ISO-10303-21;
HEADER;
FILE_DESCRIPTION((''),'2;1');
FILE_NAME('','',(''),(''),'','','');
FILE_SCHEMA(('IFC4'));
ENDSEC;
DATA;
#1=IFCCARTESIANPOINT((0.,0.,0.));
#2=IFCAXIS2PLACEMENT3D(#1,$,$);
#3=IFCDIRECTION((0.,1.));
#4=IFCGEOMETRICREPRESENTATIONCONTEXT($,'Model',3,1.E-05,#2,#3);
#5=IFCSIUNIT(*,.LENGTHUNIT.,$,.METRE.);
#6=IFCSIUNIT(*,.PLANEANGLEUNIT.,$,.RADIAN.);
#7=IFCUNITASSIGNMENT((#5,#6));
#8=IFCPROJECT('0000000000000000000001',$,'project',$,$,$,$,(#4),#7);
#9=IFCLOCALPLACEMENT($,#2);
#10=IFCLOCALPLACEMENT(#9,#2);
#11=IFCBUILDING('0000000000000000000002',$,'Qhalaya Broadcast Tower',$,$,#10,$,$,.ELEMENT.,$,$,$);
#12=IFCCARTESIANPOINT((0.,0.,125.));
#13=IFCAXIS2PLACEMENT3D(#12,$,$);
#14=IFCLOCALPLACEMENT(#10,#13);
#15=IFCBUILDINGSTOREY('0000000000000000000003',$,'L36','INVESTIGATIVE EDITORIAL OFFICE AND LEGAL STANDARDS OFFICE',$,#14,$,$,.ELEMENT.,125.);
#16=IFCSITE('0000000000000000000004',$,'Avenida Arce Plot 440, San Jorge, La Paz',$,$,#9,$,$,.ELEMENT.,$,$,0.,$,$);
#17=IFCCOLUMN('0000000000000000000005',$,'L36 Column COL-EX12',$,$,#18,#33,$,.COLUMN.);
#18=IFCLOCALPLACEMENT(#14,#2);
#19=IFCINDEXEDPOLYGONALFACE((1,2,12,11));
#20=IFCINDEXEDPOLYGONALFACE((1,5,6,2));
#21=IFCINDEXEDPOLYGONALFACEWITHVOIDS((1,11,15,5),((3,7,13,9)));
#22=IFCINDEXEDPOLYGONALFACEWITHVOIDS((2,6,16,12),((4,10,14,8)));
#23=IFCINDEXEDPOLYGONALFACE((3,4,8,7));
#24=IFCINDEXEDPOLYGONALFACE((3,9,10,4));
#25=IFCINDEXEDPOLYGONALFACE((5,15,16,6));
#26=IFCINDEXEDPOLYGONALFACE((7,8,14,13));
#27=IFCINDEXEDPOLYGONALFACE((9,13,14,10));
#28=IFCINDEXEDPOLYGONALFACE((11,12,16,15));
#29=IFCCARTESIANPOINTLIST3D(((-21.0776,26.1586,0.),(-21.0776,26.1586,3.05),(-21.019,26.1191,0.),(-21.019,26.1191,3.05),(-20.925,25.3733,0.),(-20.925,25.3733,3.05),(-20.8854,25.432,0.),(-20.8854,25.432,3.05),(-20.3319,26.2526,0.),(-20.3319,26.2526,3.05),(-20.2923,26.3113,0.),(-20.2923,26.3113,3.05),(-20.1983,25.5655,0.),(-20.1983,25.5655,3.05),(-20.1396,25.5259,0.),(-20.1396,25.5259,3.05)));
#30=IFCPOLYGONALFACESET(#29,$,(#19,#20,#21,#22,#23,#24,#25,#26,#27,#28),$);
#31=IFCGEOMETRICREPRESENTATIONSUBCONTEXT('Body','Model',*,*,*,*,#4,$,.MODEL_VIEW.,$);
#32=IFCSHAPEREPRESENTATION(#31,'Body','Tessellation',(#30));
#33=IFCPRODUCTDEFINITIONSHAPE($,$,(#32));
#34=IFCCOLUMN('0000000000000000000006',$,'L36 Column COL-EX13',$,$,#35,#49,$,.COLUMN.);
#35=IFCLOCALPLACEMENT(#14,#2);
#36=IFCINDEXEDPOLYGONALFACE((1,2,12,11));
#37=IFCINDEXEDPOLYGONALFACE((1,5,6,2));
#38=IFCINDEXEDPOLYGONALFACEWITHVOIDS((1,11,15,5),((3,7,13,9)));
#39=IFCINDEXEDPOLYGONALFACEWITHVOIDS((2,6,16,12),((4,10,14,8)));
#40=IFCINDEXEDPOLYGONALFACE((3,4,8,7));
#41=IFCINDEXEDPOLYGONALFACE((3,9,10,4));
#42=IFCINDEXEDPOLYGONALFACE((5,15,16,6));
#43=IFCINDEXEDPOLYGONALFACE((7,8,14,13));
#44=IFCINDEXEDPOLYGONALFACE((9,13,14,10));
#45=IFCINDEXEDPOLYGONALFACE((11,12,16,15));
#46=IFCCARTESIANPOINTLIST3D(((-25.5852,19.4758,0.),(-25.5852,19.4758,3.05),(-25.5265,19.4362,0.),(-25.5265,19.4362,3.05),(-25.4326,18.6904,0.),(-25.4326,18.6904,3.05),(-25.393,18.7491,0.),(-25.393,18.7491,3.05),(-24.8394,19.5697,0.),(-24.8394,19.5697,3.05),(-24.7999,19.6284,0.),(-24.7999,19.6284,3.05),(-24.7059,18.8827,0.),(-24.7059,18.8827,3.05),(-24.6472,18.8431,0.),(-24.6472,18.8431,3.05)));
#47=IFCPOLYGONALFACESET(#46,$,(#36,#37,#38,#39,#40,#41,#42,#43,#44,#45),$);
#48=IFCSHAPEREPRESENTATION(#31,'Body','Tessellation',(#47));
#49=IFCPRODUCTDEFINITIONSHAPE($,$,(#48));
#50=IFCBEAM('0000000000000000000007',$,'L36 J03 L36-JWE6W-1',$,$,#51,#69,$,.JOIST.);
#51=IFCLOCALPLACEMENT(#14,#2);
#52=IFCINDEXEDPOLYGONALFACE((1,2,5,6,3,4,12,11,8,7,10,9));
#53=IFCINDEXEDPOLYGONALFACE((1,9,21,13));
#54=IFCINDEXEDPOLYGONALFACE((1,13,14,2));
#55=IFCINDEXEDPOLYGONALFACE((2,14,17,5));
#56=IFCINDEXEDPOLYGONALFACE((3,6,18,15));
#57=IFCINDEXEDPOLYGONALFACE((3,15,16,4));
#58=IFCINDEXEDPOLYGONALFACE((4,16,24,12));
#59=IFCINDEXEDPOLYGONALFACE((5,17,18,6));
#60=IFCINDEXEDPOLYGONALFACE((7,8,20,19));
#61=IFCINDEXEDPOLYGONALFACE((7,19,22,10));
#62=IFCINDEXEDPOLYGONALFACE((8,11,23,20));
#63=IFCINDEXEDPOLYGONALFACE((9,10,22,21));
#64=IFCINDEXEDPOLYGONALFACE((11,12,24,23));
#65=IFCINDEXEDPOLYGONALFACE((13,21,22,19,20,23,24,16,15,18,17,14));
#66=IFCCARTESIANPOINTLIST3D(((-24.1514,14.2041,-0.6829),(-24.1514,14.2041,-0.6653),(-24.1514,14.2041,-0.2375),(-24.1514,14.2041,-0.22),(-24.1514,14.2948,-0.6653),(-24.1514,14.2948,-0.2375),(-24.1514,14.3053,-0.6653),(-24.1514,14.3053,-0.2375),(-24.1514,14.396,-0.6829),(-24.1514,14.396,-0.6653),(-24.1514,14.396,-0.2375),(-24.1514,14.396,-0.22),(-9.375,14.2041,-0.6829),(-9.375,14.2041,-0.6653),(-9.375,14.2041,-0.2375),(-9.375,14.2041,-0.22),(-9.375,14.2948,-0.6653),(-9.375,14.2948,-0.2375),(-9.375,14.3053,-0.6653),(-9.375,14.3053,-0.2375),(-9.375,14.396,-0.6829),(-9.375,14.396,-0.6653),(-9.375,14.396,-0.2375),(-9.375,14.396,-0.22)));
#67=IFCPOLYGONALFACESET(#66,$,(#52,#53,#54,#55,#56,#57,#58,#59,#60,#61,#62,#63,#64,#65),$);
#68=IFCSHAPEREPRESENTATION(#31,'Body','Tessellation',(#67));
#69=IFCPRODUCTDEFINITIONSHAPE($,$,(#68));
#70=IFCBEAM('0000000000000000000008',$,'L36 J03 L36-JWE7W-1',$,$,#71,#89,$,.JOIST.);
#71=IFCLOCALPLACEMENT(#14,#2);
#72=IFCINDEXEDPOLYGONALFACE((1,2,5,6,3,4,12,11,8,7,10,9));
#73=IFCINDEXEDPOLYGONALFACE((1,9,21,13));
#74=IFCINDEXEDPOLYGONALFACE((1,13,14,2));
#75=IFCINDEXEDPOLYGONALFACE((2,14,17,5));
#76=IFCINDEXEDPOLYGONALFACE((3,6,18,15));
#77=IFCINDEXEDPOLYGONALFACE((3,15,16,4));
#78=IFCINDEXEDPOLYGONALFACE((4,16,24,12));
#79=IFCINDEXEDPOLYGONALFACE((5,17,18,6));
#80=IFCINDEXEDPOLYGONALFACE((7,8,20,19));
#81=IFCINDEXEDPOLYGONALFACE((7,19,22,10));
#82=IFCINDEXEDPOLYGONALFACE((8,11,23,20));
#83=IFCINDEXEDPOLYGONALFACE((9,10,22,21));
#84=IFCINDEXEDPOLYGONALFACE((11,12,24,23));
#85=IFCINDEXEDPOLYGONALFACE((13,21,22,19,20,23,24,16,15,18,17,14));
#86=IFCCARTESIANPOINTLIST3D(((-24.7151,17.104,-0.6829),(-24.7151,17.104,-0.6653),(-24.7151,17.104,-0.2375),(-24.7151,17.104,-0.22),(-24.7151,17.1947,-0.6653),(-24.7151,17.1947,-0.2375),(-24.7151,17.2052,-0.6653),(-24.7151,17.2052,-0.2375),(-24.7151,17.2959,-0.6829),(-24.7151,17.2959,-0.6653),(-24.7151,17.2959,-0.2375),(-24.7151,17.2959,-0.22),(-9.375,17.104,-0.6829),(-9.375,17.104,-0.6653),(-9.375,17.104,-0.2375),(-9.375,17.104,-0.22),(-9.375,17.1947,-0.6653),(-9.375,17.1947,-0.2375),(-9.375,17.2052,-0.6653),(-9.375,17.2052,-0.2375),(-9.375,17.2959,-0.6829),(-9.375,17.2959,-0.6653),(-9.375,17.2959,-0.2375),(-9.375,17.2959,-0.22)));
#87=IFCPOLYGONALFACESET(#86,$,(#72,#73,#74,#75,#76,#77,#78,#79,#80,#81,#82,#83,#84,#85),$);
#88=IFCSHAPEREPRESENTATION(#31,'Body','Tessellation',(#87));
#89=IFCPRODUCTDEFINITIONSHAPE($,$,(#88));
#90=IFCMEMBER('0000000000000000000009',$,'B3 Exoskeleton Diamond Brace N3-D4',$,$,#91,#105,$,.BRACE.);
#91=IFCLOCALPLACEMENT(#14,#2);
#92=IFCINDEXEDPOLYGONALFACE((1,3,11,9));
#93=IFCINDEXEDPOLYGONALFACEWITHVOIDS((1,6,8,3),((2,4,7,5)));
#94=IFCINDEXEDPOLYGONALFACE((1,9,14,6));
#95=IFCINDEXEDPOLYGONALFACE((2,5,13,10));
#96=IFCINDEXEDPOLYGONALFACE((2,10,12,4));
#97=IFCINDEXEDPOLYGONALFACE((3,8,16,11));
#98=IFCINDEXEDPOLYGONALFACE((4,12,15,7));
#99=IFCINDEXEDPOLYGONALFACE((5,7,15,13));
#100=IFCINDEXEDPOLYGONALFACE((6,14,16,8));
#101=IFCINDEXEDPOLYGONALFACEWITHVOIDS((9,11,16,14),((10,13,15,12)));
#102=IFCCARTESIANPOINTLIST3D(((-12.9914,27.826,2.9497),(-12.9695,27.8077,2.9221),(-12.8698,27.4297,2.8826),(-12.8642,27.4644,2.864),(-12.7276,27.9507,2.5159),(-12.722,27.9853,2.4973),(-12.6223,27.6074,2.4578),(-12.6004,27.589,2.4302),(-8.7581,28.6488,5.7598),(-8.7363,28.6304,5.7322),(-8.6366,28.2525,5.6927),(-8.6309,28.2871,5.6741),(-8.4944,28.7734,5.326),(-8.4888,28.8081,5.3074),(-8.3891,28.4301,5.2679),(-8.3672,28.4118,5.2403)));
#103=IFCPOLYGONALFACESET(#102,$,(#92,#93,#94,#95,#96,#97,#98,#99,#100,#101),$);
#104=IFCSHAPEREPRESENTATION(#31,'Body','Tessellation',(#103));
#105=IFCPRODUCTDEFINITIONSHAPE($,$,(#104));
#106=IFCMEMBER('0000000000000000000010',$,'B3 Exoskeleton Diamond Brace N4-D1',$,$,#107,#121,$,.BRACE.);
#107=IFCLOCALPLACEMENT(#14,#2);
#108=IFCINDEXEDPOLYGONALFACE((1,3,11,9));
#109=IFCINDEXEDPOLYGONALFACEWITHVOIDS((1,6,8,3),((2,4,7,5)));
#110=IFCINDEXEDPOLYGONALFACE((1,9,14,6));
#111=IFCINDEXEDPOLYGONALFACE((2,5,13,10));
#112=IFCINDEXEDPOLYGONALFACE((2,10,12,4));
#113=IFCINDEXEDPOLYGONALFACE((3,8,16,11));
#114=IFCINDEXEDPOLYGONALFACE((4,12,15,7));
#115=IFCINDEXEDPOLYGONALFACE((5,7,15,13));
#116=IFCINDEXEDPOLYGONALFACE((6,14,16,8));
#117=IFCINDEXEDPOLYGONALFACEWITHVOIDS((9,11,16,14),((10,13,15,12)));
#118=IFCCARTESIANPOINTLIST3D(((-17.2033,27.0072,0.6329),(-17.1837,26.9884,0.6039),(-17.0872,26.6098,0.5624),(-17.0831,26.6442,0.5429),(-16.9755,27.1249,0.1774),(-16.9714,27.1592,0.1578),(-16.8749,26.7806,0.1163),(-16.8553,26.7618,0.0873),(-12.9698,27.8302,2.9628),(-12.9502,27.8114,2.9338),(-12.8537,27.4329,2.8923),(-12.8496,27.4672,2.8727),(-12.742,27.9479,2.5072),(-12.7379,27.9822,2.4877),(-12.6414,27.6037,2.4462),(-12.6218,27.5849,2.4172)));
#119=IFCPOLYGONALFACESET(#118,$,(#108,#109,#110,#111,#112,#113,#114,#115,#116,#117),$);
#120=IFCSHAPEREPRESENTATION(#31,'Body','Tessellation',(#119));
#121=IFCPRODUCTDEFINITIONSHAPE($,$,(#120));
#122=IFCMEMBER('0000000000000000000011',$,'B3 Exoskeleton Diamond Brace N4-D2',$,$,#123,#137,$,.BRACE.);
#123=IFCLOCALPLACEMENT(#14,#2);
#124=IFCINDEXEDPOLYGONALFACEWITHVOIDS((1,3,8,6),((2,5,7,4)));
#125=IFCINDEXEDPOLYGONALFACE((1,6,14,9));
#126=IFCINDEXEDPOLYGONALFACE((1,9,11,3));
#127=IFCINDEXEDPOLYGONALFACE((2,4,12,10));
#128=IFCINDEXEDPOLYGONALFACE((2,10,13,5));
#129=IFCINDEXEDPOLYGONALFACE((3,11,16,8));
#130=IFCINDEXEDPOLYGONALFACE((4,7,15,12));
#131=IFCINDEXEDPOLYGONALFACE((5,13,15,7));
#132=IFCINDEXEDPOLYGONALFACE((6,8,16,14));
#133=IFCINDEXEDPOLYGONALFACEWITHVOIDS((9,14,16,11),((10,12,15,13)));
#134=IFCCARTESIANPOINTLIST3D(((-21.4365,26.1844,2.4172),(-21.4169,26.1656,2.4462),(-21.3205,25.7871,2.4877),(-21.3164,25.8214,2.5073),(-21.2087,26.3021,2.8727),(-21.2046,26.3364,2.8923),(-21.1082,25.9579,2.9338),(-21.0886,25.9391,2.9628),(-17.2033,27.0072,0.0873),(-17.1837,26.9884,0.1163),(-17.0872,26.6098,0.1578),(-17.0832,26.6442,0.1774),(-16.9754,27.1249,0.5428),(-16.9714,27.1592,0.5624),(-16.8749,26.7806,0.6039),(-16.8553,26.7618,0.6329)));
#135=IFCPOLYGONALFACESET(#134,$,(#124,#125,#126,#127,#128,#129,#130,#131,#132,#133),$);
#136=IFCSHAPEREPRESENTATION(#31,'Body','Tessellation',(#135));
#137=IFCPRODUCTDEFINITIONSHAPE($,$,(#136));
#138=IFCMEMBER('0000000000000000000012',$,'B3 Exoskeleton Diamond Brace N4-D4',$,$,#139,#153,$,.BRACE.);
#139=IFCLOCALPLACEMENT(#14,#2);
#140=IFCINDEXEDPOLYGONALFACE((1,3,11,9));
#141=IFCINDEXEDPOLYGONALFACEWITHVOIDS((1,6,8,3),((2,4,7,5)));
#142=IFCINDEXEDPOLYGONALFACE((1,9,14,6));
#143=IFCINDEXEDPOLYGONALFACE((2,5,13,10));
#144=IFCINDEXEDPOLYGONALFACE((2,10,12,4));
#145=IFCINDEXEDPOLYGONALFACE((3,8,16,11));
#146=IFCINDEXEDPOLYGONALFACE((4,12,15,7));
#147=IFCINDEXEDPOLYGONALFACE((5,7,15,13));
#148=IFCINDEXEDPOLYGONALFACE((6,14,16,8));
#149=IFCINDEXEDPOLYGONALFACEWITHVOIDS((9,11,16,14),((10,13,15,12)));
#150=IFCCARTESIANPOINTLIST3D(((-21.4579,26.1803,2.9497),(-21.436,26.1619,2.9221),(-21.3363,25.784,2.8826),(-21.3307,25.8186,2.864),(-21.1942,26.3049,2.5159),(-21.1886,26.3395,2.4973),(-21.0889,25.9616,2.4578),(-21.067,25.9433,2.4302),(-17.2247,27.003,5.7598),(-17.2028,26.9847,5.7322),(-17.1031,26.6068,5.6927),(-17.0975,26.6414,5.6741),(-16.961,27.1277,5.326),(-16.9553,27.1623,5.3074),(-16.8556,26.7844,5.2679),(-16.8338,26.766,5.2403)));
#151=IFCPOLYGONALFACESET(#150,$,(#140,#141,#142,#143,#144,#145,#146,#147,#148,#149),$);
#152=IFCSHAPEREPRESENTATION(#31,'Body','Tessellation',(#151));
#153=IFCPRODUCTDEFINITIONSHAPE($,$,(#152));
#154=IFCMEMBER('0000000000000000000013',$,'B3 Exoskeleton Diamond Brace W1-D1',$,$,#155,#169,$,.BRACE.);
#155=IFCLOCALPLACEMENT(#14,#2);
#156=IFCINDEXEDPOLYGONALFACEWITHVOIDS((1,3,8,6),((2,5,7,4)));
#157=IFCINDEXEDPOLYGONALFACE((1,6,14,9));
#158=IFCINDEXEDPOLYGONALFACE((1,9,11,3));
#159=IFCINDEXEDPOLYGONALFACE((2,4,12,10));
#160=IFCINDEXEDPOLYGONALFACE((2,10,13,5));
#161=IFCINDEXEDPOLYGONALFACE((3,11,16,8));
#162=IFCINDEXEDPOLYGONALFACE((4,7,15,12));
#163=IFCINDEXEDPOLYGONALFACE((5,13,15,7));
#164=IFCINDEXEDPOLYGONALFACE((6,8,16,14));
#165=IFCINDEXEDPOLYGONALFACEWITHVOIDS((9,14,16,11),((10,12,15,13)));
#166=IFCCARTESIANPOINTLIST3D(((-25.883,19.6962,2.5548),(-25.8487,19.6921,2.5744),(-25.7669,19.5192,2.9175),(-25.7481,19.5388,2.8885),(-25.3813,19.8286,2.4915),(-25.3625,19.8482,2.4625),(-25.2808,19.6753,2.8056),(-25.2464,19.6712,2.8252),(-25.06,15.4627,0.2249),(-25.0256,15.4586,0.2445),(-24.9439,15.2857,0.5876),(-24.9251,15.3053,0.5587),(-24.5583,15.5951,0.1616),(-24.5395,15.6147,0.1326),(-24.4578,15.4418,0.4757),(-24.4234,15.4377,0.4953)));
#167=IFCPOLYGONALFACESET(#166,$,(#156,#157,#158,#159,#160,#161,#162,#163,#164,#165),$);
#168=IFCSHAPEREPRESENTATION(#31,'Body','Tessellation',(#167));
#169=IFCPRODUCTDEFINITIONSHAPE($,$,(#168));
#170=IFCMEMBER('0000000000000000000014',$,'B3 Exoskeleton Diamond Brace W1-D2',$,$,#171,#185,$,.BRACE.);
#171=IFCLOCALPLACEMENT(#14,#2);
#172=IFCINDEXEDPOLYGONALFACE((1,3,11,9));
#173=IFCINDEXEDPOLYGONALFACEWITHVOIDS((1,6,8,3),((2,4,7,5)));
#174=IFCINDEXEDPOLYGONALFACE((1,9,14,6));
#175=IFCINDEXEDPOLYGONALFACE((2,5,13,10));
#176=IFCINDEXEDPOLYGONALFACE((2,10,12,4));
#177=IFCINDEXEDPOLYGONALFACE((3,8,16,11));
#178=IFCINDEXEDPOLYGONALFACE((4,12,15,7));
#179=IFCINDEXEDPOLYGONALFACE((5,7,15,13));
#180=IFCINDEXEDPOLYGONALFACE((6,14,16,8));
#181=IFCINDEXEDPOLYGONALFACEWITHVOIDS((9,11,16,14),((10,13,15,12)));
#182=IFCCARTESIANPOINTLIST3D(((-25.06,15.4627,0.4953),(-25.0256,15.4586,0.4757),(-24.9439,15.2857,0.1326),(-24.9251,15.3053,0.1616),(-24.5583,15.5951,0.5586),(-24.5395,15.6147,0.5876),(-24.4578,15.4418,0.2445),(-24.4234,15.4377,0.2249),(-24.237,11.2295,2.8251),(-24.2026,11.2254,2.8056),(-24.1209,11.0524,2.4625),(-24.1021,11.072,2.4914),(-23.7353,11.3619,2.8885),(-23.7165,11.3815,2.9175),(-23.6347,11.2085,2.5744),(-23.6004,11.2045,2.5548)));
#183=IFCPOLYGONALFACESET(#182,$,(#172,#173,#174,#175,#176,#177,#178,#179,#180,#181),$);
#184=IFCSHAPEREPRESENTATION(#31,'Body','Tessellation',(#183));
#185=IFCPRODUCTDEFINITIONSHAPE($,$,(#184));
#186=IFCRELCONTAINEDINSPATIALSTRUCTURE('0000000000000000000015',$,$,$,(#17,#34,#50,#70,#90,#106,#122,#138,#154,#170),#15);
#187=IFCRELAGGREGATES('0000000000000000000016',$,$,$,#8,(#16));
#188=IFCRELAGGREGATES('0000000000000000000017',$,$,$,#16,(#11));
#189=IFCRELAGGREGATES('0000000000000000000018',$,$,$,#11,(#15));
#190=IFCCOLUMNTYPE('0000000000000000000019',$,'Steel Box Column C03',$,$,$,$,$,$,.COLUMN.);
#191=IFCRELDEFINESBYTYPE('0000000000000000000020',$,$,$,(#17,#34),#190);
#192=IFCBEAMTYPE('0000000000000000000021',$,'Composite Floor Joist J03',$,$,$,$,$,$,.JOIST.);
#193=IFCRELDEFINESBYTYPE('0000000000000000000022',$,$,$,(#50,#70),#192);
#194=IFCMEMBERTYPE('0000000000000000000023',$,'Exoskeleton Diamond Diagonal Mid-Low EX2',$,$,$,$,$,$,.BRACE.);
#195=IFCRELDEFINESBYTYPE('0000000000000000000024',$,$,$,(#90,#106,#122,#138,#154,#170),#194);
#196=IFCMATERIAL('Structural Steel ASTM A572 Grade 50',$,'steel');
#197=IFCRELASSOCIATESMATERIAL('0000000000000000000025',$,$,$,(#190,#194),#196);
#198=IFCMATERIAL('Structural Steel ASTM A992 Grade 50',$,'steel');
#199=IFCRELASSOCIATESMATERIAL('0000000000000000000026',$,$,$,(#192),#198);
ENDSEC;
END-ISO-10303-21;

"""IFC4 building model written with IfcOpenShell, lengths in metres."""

from ifc_helpers import new_model, si_unit, direction, frame, origin, origin_2d, place, context, subcontext, project, spatial, hollow_rectangle, i_section, extrude, material, material_profile, profile_set, type_object, element, save


model = new_model("IFC4")

# Units and contexts
model_context = context("Model", 3, precision=1e-05, world=origin(), true_north=direction((0.0, 1.0)))
body_context = subcontext(model_context, "Body", "Model", "MODEL_VIEW")
ifc_project = project(units=[si_unit("LENGTHUNIT", "METRE"), si_unit("PLANEANGLEUNIT", "RADIAN")], contexts=[model_context])

# Site, building, storey
site_placement = place(None, origin())
site = spatial("IfcSite", under=ifc_project, at=site_placement, Name="Avenida Arce Plot 440, San Jorge, La Paz", CompositionType="ELEMENT", RefElevation=0.0)
building_placement = place(site_placement, origin())
building = spatial("IfcBuilding", under=site, at=building_placement, Name="Qhalaya Broadcast Tower", CompositionType="ELEMENT")
storey_placement = place(building_placement, frame((0.0, 0.0, 125.0)))
storey = spatial("IfcBuildingStorey", under=building, at=storey_placement, Name="L36", Description="INVESTIGATIVE EDITORIAL OFFICE AND LEGAL STANDARDS OFFICE", CompositionType="ELEMENT", Elevation=125.0)

# Columns
ifc_material_1 = material(Name="Structural Steel ASTM A572 Grade 50", Category="steel")
ifc_material_profile_1 = material_profile(ifc_material_1, hollow_rectangle(XDim=0.8, YDim=0.8, WallThickness=0.05, at=origin_2d()), Name="BOX 800x800x50")
ifc_profile_set_1 = profile_set([ifc_material_profile_1], Name="Structural Steel ASTM A572 Grade 50")
column_type = type_object("IfcColumnType", Name="Steel Box Column C03", PredefinedType="COLUMN", material=ifc_profile_set_1)
for number, where, z_axis, x_axis, name in (
    (1, (-20.6086, 25.8423, 0.0), (0.0, 0.0, 1.0), (0.981627, 0.190809, 0.0), "L36 Column COL-EX12"),
    (2, (-25.1162, 19.1594, 0.0), (0.0, 0.0, 1.0), (-0.190809, 0.981627, 0.0), "L36 Column COL-EX13"),
):
    element("IfcColumn", number, at=place(storey_placement, frame(where, z_axis=z_axis, x_axis=x_axis)), inside=storey, type_object=column_type, Name=name, PredefinedType="COLUMN", context=body_context, shape_type="SweptSolid", body=[
        extrude(hollow_rectangle(XDim=0.8, YDim=0.8, WallThickness=0.05, at=origin_2d()), origin(), (0.0, 0.0, 1.0), 3.05),
    ])

# Beams
ifc_material_2 = material(Name="Structural Steel ASTM A992 Grade 50", Category="steel")
ifc_material_profile_2 = material_profile(ifc_material_2, i_section(OverallWidth=0.1919, OverallDepth=0.4629, WebThickness=0.0105, FlangeThickness=0.0176, at=origin_2d()), Name="W18X60")
ifc_profile_set_2 = profile_set([ifc_material_profile_2], Name="Structural Steel ASTM A992 Grade 50")
beam_type_1 = type_object("IfcBeamType", Name="Composite Floor Joist J03", PredefinedType="JOIST", material=ifc_profile_set_2)
beam_1_placement = place(storey_placement, frame((-24.1514, 14.3, -0.4514), z_axis=(1.0, 0.0, 0.0), x_axis=(0.0, 1.0, 0.0)))
element("IfcBeam", 3, at=beam_1_placement, inside=storey, type_object=beam_type_1, Name="L36 J03 L36-JWE6W-1", PredefinedType="JOIST", context=body_context, shape_type="SweptSolid", body=[
    extrude(i_section(OverallWidth=0.1919, OverallDepth=0.4629, WebThickness=0.0105, FlangeThickness=0.0176, at=origin_2d()), origin(), (0.0, 0.0, 1.0), 14.7764),
])
beam_2_placement = place(storey_placement, frame((-24.7151, 17.2, -0.4514), z_axis=(1.0, 0.0, 0.0), x_axis=(0.0, 1.0, 0.0)))
element("IfcBeam", 4, at=beam_2_placement, inside=storey, type_object=beam_type_1, Name="L36 J03 L36-JWE7W-1", PredefinedType="JOIST", context=body_context, shape_type="SweptSolid", body=[
    extrude(i_section(OverallWidth=0.1919, OverallDepth=0.4629, WebThickness=0.0105, FlangeThickness=0.0176, at=origin_2d()), origin(), (0.0, 0.0, 1.0), 15.3401),
])

# Members
ifc_material_profile_3 = material_profile(ifc_material_1, hollow_rectangle(XDim=0.4199, YDim=0.55, WallThickness=0.0281, at=origin_2d()), Name="BOX 420x550x28")
ifc_profile_set_3 = profile_set([ifc_material_profile_3], Name="Structural Steel ASTM A572 Grade 50")
member_type = type_object("IfcMemberType", Name="Exoskeleton Diamond Diagonal Mid-Low EX2", PredefinedType="BRACE", material=ifc_profile_set_3)
member_1_placement = place(storey_placement, frame((-12.7959, 27.7075, 2.6899), z_axis=(0.82243, 0.159847, 0.545947), x_axis=(-0.289542, 0.943721, 0.159864)))
element("IfcMember", 5, at=member_1_placement, inside=storey, type_object=member_type, Name="B3 Exoskeleton Diamond Brace N3-D4", PredefinedType="BRACE", context=body_context, shape_type="SweptSolid", body=[
    extrude(hollow_rectangle(XDim=0.4199, YDim=0.55, WallThickness=0.0281, at=origin_2d()), origin(), (0.0, 0.0, 1.0), 5.1472),
])
member_2_placement = place(storey_placement, frame((-17.0293, 26.8845, 0.3601), z_axis=(0.863651, 0.167899, 0.475307), x_axis=(-0.276353, 0.94628, 0.167878)))
element("IfcMember", 6, at=member_2_placement, inside=storey, type_object=member_type, Name="B3 Exoskeleton Diamond Brace N4-D1", PredefinedType="BRACE", context=body_context, shape_type="SweptSolid", body=[
    extrude(hollow_rectangle(XDim=0.4199, YDim=0.55, WallThickness=0.0281, at=origin_2d()), origin(), (0.0, 0.0, 1.0), 4.9019),
])
member_3_placement = place(storey_placement, frame((-17.0293, 26.8845, 0.3601), z_axis=(-0.863646, -0.167858, 0.475331), x_axis=(0.276315, -0.946292, 0.167875)))
element("IfcMember", 7, at=member_3_placement, inside=storey, type_object=member_type, Name="B3 Exoskeleton Diamond Brace N4-D2", PredefinedType="BRACE", context=body_context, shape_type="SweptSolid", body=[
    extrude(hollow_rectangle(XDim=0.4199, YDim=0.55, WallThickness=0.0281, at=origin_2d()), origin(), (0.0, 0.0, 1.0), 4.9016),
])
member_4_placement = place(storey_placement, frame((-21.2625, 26.0618, 2.6899), z_axis=(0.82243, 0.159847, 0.545947), x_axis=(-0.289542, 0.943721, 0.159864)))
element("IfcMember", 8, at=member_4_placement, inside=storey, type_object=member_type, Name="B3 Exoskeleton Diamond Brace N4-D4", PredefinedType="BRACE", context=body_context, shape_type="SweptSolid", body=[
    extrude(hollow_rectangle(XDim=0.4199, YDim=0.55, WallThickness=0.0281, at=origin_2d()), origin(), (0.0, 0.0, 1.0), 5.1472),
])
member_5_placement = place(storey_placement, frame((-24.7417, 15.4502, 0.3601), z_axis=(-0.167899, 0.863651, 0.475307), x_axis=(0.27634, -0.421587, 0.863655)))
element("IfcMember", 9, at=member_5_placement, inside=storey, type_object=member_type, Name="B3 Exoskeleton Diamond Brace W1-D1", PredefinedType="BRACE", context=body_context, shape_type="SweptSolid", body=[
    extrude(hollow_rectangle(XDim=0.4199, YDim=0.55, WallThickness=0.0281, at=origin_2d()), origin(), (0.0, 0.0, 1.0), 4.9019),
])
member_6_placement = place(storey_placement, frame((-24.7417, 15.4502, 0.3601), z_axis=(0.167906, -0.863638, 0.475327), x_axis=(-0.276349, 0.421604, 0.863644)))
element("IfcMember", 10, at=member_6_placement, inside=storey, type_object=member_type, Name="B3 Exoskeleton Diamond Brace W1-D2", PredefinedType="BRACE", context=body_context, shape_type="SweptSolid", body=[
    extrude(hollow_rectangle(XDim=0.4199, YDim=0.55, WallThickness=0.0281, at=origin_2d()), origin(), (0.0, 0.0, 1.0), 4.9016),
])

save(model, "model.ifc")
